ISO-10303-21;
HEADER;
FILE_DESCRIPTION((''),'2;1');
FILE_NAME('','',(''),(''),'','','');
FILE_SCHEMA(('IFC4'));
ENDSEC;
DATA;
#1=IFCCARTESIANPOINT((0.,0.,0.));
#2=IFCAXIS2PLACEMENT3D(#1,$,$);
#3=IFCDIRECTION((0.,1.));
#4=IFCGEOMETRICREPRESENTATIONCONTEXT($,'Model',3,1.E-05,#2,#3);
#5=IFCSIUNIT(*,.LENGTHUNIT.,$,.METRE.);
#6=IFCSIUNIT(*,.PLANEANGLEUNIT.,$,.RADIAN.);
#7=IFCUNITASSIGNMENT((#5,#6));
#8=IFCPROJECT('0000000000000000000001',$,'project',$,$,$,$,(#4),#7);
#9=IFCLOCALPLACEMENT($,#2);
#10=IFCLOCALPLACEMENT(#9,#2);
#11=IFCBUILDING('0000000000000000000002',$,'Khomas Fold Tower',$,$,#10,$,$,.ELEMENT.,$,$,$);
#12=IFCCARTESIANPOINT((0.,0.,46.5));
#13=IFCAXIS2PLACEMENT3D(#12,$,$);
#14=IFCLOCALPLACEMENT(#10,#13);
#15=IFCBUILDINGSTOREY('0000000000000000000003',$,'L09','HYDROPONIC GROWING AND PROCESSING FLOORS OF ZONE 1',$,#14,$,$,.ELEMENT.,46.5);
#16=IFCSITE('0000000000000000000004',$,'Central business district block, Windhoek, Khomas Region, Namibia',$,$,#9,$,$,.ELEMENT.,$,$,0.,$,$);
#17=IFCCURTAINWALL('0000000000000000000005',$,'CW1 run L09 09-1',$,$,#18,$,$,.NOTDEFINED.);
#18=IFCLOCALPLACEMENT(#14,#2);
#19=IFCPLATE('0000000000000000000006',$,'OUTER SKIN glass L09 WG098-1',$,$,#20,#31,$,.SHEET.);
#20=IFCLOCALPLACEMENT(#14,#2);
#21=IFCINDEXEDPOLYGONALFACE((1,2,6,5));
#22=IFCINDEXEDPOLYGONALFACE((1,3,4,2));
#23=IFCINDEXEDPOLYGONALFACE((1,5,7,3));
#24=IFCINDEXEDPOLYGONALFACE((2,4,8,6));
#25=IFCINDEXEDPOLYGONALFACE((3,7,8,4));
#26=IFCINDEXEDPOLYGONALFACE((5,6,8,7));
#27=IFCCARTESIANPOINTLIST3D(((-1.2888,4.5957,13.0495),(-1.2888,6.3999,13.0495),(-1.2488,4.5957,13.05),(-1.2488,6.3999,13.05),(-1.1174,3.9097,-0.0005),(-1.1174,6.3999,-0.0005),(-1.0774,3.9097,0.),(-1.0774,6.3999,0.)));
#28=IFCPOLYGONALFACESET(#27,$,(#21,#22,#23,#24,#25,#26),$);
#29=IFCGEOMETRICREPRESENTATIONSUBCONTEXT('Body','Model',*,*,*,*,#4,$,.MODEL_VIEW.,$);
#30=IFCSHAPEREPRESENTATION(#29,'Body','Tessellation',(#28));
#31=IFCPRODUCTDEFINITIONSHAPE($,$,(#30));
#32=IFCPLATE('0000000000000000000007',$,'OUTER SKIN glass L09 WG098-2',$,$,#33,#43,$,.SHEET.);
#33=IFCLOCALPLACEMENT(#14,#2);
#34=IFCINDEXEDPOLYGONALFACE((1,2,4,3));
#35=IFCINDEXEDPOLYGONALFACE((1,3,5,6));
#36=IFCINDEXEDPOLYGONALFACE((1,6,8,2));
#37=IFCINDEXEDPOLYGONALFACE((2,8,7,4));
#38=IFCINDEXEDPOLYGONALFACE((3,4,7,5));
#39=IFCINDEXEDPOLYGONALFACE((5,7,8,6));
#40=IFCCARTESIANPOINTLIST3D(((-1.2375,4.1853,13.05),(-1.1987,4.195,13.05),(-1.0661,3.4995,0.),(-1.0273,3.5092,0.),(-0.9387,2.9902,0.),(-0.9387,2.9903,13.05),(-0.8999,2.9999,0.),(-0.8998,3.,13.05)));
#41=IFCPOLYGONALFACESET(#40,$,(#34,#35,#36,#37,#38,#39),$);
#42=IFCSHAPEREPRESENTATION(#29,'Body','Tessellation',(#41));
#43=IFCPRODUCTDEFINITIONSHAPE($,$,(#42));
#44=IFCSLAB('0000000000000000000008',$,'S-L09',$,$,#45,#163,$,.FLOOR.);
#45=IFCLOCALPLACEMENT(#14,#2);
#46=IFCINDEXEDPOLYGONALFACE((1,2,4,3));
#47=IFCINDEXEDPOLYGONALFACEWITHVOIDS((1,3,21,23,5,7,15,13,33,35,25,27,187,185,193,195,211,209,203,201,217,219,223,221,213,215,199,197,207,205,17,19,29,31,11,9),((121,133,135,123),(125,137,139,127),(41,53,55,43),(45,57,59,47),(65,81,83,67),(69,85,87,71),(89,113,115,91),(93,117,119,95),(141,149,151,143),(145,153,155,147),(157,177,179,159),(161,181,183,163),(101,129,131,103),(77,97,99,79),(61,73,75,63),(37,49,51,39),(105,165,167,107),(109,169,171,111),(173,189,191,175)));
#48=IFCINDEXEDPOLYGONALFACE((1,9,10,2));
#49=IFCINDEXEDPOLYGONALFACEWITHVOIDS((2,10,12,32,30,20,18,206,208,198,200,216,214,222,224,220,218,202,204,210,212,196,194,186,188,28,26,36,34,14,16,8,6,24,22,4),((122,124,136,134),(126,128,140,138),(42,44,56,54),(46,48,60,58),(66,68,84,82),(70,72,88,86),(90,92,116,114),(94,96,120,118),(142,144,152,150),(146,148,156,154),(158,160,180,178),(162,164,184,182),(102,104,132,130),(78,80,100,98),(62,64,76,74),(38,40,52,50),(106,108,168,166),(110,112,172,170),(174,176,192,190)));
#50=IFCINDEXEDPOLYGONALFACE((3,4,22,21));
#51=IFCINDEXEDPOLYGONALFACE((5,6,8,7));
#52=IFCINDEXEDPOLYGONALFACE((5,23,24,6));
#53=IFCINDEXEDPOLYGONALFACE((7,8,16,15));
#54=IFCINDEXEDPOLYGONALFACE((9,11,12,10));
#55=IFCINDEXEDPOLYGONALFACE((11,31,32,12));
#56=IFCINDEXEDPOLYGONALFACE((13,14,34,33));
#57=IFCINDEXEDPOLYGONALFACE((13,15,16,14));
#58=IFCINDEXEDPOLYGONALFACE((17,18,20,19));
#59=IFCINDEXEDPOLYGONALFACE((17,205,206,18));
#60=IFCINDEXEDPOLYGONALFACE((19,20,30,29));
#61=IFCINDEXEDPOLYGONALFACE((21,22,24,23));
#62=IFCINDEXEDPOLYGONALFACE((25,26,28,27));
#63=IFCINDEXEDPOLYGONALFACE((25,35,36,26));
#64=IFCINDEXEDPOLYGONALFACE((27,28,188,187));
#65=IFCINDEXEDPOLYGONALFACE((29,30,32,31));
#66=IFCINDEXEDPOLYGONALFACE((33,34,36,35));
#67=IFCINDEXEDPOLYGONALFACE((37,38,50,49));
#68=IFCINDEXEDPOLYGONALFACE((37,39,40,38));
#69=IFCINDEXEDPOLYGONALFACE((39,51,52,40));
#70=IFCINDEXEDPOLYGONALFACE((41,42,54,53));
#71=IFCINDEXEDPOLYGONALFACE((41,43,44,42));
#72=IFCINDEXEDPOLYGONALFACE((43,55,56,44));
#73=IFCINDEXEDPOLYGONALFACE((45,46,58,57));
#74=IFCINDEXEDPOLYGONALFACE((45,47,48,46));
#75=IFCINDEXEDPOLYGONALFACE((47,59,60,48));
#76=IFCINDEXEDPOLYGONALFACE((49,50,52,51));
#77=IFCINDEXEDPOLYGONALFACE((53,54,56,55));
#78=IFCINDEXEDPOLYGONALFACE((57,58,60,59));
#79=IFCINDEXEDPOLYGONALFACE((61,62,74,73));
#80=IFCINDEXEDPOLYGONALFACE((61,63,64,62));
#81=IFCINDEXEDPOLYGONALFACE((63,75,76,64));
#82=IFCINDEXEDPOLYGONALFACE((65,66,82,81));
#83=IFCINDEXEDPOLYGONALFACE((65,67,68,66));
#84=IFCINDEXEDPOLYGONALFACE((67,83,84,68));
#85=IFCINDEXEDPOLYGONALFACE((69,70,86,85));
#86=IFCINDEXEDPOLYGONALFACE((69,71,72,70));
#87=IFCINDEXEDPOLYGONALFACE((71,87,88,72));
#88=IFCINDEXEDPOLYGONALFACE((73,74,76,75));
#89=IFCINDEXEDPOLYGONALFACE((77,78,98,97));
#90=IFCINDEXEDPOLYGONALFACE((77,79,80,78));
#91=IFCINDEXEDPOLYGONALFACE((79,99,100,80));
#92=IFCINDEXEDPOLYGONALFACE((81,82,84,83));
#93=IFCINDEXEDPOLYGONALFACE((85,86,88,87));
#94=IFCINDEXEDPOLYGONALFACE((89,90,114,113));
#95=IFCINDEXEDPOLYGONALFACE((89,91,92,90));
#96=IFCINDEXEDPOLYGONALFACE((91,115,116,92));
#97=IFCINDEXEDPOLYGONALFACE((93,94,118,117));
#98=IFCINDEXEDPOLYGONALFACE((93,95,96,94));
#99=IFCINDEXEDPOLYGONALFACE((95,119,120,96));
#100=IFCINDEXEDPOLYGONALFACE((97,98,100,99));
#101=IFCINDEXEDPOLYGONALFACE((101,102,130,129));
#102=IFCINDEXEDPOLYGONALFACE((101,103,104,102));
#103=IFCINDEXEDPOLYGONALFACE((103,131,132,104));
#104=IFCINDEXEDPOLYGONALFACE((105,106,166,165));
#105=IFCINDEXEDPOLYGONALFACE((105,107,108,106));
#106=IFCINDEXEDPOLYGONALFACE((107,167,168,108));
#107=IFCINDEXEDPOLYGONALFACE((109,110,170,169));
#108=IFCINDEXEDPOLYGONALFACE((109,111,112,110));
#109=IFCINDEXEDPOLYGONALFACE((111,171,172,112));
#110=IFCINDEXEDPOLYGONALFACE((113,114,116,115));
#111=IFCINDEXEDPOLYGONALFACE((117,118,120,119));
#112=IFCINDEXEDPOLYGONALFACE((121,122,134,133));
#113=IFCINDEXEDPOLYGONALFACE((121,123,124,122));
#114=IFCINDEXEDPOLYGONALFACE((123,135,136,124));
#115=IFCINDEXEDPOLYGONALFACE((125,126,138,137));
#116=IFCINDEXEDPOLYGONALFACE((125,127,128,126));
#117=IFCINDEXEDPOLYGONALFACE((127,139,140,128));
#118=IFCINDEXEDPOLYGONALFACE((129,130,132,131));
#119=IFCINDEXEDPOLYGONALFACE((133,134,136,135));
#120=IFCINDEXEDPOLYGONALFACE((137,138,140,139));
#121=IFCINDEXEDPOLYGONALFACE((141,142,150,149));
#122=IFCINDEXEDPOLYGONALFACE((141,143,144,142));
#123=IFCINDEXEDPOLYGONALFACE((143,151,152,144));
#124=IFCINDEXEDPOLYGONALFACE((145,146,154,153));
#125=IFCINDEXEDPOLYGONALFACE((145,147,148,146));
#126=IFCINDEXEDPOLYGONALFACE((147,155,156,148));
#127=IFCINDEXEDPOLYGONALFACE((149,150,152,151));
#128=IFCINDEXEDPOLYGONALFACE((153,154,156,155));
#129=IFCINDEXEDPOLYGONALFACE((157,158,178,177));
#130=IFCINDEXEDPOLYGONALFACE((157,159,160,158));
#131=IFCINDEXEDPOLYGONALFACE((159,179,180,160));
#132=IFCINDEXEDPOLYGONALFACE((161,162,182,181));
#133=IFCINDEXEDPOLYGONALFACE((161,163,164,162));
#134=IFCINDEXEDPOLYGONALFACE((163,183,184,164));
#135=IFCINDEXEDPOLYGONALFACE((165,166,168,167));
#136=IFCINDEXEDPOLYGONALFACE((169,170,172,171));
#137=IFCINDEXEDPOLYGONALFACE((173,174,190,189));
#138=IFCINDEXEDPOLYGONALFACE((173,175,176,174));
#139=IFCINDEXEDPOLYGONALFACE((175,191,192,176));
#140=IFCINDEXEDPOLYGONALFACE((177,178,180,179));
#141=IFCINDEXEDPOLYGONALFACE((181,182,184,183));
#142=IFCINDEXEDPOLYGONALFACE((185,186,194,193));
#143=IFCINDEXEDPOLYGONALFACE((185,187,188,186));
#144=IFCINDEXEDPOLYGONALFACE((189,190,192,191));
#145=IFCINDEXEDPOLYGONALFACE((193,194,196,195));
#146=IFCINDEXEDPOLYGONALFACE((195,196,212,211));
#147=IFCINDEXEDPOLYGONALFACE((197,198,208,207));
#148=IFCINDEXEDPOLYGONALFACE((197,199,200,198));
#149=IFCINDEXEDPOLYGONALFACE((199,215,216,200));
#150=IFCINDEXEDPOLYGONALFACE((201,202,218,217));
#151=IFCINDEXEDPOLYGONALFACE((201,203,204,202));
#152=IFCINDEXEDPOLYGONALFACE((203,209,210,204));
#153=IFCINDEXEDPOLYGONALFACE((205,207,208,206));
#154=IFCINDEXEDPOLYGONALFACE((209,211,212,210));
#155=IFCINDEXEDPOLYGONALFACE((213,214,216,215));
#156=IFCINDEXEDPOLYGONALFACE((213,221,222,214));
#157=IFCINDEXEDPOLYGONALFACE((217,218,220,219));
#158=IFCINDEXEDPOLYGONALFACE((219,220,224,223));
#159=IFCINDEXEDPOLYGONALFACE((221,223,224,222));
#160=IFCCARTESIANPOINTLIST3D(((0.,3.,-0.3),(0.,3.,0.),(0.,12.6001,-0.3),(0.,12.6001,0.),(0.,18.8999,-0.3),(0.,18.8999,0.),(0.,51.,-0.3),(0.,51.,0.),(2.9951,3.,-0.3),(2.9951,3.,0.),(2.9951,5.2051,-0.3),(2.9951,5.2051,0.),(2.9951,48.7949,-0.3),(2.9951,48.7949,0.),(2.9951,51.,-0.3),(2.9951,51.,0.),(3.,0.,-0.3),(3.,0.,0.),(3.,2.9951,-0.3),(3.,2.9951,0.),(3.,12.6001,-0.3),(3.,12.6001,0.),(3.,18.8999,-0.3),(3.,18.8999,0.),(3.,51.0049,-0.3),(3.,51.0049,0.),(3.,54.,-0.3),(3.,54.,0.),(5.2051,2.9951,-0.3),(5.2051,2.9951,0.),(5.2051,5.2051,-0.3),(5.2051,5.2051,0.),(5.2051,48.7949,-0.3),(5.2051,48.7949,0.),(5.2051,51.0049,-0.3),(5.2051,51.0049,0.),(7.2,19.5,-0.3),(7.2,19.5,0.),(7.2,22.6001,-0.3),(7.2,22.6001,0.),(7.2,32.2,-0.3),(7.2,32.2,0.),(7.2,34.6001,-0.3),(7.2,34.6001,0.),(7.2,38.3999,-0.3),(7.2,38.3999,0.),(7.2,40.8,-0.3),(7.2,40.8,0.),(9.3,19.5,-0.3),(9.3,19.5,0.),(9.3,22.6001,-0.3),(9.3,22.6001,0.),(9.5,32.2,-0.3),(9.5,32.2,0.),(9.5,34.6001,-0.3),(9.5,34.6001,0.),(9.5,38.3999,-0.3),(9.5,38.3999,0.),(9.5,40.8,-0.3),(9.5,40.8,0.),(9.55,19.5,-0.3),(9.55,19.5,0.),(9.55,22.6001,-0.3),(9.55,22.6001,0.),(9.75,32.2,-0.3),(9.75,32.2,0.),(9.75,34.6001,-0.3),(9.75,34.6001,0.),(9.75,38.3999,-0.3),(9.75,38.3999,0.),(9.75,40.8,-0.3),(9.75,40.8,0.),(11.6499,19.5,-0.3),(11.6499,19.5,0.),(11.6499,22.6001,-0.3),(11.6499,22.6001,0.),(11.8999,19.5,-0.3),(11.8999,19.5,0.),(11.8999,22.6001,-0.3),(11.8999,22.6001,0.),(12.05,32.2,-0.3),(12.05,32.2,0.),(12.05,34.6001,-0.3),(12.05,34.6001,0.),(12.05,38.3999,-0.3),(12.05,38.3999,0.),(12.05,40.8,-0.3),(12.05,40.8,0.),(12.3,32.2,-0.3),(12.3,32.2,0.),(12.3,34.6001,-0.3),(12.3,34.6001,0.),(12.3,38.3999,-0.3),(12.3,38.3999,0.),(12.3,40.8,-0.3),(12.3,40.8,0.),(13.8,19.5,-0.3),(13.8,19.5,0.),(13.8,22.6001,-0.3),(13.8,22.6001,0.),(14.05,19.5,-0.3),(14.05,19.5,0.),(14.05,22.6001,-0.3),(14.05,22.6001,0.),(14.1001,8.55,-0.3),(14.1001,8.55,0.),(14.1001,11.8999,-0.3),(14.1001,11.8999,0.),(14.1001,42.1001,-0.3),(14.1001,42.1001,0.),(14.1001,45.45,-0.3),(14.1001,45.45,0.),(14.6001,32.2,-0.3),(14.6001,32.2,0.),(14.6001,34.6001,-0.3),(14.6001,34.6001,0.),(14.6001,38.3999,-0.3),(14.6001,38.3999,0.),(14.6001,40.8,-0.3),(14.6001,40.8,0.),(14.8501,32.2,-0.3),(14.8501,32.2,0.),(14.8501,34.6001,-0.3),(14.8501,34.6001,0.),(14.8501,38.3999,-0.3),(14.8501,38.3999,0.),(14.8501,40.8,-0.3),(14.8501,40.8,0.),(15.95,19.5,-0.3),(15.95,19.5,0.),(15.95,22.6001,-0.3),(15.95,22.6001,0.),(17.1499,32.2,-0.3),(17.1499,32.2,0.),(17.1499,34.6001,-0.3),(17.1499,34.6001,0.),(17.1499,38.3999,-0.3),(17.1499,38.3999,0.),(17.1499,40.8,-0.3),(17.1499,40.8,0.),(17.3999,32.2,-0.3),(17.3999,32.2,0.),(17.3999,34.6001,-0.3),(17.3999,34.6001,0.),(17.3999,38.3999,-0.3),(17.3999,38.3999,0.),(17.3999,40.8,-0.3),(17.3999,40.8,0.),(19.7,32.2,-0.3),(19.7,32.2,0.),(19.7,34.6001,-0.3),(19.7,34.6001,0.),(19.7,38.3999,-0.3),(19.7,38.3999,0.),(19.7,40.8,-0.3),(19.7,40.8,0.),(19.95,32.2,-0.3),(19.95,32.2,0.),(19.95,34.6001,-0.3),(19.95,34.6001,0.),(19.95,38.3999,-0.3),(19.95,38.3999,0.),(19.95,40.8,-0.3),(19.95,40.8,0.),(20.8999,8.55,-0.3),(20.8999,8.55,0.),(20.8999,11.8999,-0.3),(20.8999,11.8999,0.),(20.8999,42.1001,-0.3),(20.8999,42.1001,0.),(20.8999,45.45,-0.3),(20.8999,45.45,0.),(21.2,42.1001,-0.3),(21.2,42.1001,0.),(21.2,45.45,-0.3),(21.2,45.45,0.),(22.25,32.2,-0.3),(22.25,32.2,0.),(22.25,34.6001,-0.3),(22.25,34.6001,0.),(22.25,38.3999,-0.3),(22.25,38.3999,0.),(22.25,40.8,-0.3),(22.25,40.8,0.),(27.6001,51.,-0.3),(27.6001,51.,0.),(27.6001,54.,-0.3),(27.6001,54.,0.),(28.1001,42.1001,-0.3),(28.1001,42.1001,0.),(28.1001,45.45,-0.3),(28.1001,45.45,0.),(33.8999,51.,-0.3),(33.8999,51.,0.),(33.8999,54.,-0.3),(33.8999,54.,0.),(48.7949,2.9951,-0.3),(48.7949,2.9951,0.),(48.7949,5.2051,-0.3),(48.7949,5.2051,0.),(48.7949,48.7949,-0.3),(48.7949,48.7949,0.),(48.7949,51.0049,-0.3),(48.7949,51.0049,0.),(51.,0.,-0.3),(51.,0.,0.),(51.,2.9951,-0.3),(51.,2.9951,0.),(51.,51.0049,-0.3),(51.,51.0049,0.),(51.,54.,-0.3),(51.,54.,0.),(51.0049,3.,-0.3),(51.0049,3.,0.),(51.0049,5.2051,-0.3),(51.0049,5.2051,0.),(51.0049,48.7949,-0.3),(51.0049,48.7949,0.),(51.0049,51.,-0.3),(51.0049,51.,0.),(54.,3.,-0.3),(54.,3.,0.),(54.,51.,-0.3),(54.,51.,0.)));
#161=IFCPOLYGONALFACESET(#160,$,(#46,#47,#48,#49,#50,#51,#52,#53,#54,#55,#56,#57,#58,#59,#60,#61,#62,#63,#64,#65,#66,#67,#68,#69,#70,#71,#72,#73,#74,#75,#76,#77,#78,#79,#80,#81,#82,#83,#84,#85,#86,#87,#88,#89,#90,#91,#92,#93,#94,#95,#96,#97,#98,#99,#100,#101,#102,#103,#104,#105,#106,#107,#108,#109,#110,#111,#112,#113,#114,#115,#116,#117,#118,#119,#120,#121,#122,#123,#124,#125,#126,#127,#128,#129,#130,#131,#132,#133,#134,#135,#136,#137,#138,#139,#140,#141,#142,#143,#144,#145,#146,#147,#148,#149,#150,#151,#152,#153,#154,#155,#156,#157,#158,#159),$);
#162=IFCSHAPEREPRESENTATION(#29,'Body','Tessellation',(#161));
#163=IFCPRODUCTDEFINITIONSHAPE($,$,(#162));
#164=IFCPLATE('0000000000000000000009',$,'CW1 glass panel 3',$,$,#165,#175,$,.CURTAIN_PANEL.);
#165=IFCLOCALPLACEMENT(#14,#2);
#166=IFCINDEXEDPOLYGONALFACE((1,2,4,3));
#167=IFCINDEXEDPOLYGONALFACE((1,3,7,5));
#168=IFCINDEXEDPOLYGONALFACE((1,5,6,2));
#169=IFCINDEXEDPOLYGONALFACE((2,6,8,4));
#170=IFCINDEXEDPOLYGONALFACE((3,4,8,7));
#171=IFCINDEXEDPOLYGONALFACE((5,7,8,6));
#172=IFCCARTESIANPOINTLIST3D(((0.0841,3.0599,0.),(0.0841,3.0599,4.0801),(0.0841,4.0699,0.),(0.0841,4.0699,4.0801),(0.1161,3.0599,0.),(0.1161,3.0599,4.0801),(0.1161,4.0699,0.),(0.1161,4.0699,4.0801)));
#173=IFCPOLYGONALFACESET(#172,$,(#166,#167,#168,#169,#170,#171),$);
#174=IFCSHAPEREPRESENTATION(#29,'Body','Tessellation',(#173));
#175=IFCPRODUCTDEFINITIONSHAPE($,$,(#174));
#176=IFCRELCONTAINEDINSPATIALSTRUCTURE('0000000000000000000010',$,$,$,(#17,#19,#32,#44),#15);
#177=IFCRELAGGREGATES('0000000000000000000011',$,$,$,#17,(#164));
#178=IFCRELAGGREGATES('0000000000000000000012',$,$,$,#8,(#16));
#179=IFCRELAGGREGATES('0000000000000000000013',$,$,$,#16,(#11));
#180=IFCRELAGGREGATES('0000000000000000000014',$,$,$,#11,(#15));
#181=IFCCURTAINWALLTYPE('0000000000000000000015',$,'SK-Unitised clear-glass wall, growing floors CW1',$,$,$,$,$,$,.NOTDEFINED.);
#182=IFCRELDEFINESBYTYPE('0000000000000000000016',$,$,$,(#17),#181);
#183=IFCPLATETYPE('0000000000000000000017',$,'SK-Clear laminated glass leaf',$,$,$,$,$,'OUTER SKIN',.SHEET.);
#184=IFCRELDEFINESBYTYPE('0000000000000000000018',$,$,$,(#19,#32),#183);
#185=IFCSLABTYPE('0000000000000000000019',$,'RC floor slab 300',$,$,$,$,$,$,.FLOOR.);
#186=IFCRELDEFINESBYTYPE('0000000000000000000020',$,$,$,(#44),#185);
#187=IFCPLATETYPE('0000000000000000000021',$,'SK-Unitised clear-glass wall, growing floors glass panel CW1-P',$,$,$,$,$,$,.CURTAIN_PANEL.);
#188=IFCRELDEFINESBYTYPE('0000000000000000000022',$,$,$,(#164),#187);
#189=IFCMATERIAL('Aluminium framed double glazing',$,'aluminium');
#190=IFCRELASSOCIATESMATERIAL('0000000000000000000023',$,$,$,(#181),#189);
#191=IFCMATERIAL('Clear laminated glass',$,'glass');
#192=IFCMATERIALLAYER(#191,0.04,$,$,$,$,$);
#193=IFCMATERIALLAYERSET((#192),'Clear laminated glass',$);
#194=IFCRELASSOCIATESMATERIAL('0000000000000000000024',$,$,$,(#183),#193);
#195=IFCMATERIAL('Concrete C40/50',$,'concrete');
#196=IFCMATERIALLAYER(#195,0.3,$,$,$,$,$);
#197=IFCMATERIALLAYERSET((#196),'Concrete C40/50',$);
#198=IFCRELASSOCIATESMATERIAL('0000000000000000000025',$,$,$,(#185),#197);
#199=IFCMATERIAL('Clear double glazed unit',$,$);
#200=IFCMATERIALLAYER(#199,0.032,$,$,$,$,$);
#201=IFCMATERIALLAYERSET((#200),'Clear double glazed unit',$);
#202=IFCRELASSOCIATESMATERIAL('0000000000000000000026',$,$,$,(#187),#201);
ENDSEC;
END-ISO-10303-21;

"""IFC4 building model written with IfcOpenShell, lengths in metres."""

from ifc_helpers import new_model, si_unit, direction, frame, origin, origin_2d, place, context, subcontext, project, spatial, polyline, rectangle, outline, extrude, source, transform, mapped, material, layer, layer_set, type_object, element, aggregate, save


model = new_model("IFC4")

# Units and contexts
model_context = context("Model", 3, precision=1e-05, world=origin(), true_north=direction((0.0, 1.0)))
body_context = subcontext(model_context, "Body", "Model", "MODEL_VIEW")
ifc_project = project(units=[si_unit("LENGTHUNIT", "METRE"), si_unit("PLANEANGLEUNIT", "RADIAN")], contexts=[model_context])

# Site, building, storey
site_placement = place(None, origin())
site = spatial("IfcSite", under=ifc_project, at=site_placement, Name="Central business district block, Windhoek, Khomas Region, Namibia", CompositionType="ELEMENT", RefElevation=0.0)
building_placement = place(site_placement, origin())
building = spatial("IfcBuilding", under=site, at=building_placement, Name="Khomas Fold Tower", CompositionType="ELEMENT")
storey_placement = place(building_placement, frame((0.0, 0.0, 46.5)))
storey = spatial("IfcBuildingStorey", under=building, at=storey_placement, Name="L09", Description="HYDROPONIC GROWING AND PROCESSING FLOORS OF ZONE 1", CompositionType="ELEMENT", Elevation=46.5)

# Curtain wall
ifc_material_1 = material(Name="Aluminium framed double glazing", Category="aluminium")
curtain_wall_type = type_object("IfcCurtainWallType", Name="SK-Unitised clear-glass wall, growing floors CW1", PredefinedType="NOTDEFINED", material=ifc_material_1)
curtain_wall_1_placement = place(storey_placement, origin())
curtain_wall_1 = element("IfcCurtainWall", 1, at=curtain_wall_1_placement, inside=storey, type_object=curtain_wall_type, Name="CW1 run L09 09-1", PredefinedType="NOTDEFINED")

# Plates
ifc_material_2 = material(Name="Clear laminated glass", Category="glass")
ifc_layer_1 = layer(ifc_material_2, 0.04)
ifc_layer_set_1 = layer_set([ifc_layer_1], Name="Clear laminated glass")
plate_type_1 = type_object("IfcPlateType", Name="SK-Clear laminated glass leaf", ElementType="OUTER SKIN", PredefinedType="SHEET", material=ifc_layer_set_1)
plate_1_placement = place(storey_placement, frame((-1.0774, 6.3999, 0.0), z_axis=(0.999914, 0.0, 0.013132), x_axis=(0.0, -1.0, 0.0)))
element("IfcPlate", 2, at=plate_1_placement, inside=storey, type_object=plate_type_1, Name="OUTER SKIN glass L09 WG098-1", PredefinedType="SHEET", context=body_context, shape_type="SweptSolid", body=[
    extrude(outline(polyline([(0.0, 0.0), (2.4902, 0.0), (1.8042, -13.0512), (0.0, -13.0512), (0.0, 0.0)])), origin(), (0.0, 0.0, -1.0), 0.04),
])
plate_2_placement = place(storey_placement, frame((-1.2375, 4.1853, 13.05), z_axis=(-0.970118, -0.242634, 0.000005), x_axis=(0.013119, -0.052473, -0.998536)))
element("IfcPlate", 3, at=plate_2_placement, inside=storey, type_object=plate_type_1, Name="OUTER SKIN glass L09 WG098-2", PredefinedType="SHEET", context=body_context, shape_type="SweptSolid", body=[
    extrude(outline(polyline([(0.0, 0.0), (13.0692, 0.0), (13.0976, 0.5242), (0.0666, 1.2301), (0.0, 0.0)])), origin(), (0.0, 0.0, -1.0), 0.04),
])

# Slab
ifc_material_3 = material(Name="Concrete C40/50", Category="concrete")
ifc_layer_2 = layer(ifc_material_3, 0.3)
ifc_layer_set_2 = layer_set([ifc_layer_2], Name="Concrete C40/50")
slab_type_1 = type_object("IfcSlabType", Name="RC floor slab 300", PredefinedType="FLOOR", material=ifc_layer_set_2)
shared_shape_1 = source(origin(), body_context, "Body", "SweptSolid", [
    extrude(outline(polyline([(0.0, 3.0), (2.9951, 3.0), (2.9951, 5.2051), (5.2051, 5.2051), (5.2051, 2.9951), (3.0, 2.9951), (3.0, 0.0), (51.0, 0.0), (51.0, 2.9951), (48.7949, 2.9951), (48.7949, 5.2051), (51.0049, 5.2051), (51.0049, 3.0), (54.0, 3.0), (54.0, 51.0), (51.0049, 51.0), (51.0049, 48.7949), (48.7949, 48.7949), (48.7949, 51.0049), (51.0, 51.0049), (51.0, 54.0), (33.8999, 54.0), (33.8999, 51.0), (27.6001, 51.0), (27.6001, 54.0), (3.0, 54.0), (3.0, 51.0049), (5.2051, 51.0049), (5.2051, 48.7949), (2.9951, 48.7949), (2.9951, 51.0), (0.0, 51.0), (0.0, 18.8999), (3.0, 18.8999), (3.0, 12.6001), (0.0, 12.6001), (0.0, 3.0)]), holes=[polyline([(7.2, 19.5), (7.2, 22.6001), (9.3, 22.6001), (9.3, 19.5), (7.2, 19.5)]), polyline([(7.2, 32.2), (7.2, 34.6001), (9.5, 34.6001), (9.5, 32.2), (7.2, 32.2)]), polyline([(7.2, 38.3999), (7.2, 40.8), (9.5, 40.8), (9.5, 38.3999), (7.2, 38.3999)]), polyline([(9.55, 19.5), (9.55, 22.6001), (11.6499, 22.6001), (11.6499, 19.5), (9.55, 19.5)]), polyline([(9.75, 32.2), (9.75, 34.6001), (12.05, 34.6001), (12.05, 32.2), (9.75, 32.2)]), polyline([(9.75, 38.3999), (9.75, 40.8), (12.05, 40.8), (12.05, 38.3999), (9.75, 38.3999)]), polyline([(11.8999, 19.5), (11.8999, 22.6001), (13.8, 22.6001), (13.8, 19.5), (11.8999, 19.5)]), polyline([(12.3, 32.2), (12.3, 34.6001), (14.6001, 34.6001), (14.6001, 32.2), (12.3, 32.2)]), polyline([(12.3, 38.3999), (12.3, 40.8), (14.6001, 40.8), (14.6001, 38.3999), (12.3, 38.3999)]), polyline([(14.05, 19.5), (14.05, 22.6001), (15.95, 22.6001), (15.95, 19.5), (14.05, 19.5)]), polyline([(14.1001, 8.55), (14.1001, 11.8999), (20.8999, 11.8999), (20.8999, 8.55), (14.1001, 8.55)]), polyline([(14.1001, 42.1001), (14.1001, 45.45), (20.8999, 45.45), (20.8999, 42.1001), (14.1001, 42.1001)]), polyline([(14.8501, 32.2), (14.8501, 34.6001), (17.1499, 34.6001), (17.1499, 32.2), (14.8501, 32.2)]), polyline([(14.8501, 38.3999), (14.8501, 40.8), (17.1499, 40.8), (17.1499, 38.3999), (14.8501, 38.3999)]), polyline([(17.3999, 32.2), (17.3999, 34.6001), (19.7, 34.6001), (19.7, 32.2), (17.3999, 32.2)]), polyline([(17.3999, 38.3999), (17.3999, 40.8), (19.7, 40.8), (19.7, 38.3999), (17.3999, 38.3999)]), polyline([(19.95, 32.2), (19.95, 34.6001), (22.25, 34.6001), (22.25, 32.2), (19.95, 32.2)]), polyline([(19.95, 38.3999), (19.95, 40.8), (22.25, 40.8), (22.25, 38.3999), (19.95, 38.3999)]), polyline([(21.2, 42.1001), (21.2, 45.45), (28.1001, 45.45), (28.1001, 42.1001), (21.2, 42.1001)])]), origin(), (0.0, 0.0, 1.0), 0.3),
])
slab_1_placement = place(storey_placement, frame((0.0, 0.0, -0.3)))
element("IfcSlab", 4, at=slab_1_placement, inside=storey, type_object=slab_type_1, Name="S-L09", PredefinedType="FLOOR", context=body_context, shape_type="MappedRepresentation", body=[
    mapped(shared_shape_1, transform((0.0, 0.0, 0.0))),
])

# Plate
ifc_material_4 = material(Name="Clear double glazed unit")
ifc_layer_3 = layer(ifc_material_4, 0.032)
ifc_layer_set_3 = layer_set([ifc_layer_3], Name="Clear double glazed unit")
plate_type_2 = type_object("IfcPlateType", Name="SK-Unitised clear-glass wall, growing floors glass panel CW1-P", PredefinedType="CURTAIN_PANEL", material=ifc_layer_set_3)
shared_shape_2 = source(origin(), body_context, "Body", "SweptSolid", [
    extrude(rectangle(XDim=1.01, YDim=0.032, at=origin_2d()), origin(), (0.0, 0.0, 1.0), 4.0801),
])
plate_3_placement = place(storey_placement, frame((0.1001, 3.5649, 0.0), z_axis=(0.0, 0.0, 1.0), x_axis=(0.0, -1.0, 0.0)))
plate_3 = element("IfcPlate", 5, at=plate_3_placement, type_object=plate_type_2, Name="CW1 glass panel 3", PredefinedType="CURTAIN_PANEL", context=body_context, shape_type="MappedRepresentation", body=[
    mapped(shared_shape_2, transform((0.0, 0.0, 0.0))),
])
aggregate(curtain_wall_1, [plate_3])

save(model, "model.ifc")
